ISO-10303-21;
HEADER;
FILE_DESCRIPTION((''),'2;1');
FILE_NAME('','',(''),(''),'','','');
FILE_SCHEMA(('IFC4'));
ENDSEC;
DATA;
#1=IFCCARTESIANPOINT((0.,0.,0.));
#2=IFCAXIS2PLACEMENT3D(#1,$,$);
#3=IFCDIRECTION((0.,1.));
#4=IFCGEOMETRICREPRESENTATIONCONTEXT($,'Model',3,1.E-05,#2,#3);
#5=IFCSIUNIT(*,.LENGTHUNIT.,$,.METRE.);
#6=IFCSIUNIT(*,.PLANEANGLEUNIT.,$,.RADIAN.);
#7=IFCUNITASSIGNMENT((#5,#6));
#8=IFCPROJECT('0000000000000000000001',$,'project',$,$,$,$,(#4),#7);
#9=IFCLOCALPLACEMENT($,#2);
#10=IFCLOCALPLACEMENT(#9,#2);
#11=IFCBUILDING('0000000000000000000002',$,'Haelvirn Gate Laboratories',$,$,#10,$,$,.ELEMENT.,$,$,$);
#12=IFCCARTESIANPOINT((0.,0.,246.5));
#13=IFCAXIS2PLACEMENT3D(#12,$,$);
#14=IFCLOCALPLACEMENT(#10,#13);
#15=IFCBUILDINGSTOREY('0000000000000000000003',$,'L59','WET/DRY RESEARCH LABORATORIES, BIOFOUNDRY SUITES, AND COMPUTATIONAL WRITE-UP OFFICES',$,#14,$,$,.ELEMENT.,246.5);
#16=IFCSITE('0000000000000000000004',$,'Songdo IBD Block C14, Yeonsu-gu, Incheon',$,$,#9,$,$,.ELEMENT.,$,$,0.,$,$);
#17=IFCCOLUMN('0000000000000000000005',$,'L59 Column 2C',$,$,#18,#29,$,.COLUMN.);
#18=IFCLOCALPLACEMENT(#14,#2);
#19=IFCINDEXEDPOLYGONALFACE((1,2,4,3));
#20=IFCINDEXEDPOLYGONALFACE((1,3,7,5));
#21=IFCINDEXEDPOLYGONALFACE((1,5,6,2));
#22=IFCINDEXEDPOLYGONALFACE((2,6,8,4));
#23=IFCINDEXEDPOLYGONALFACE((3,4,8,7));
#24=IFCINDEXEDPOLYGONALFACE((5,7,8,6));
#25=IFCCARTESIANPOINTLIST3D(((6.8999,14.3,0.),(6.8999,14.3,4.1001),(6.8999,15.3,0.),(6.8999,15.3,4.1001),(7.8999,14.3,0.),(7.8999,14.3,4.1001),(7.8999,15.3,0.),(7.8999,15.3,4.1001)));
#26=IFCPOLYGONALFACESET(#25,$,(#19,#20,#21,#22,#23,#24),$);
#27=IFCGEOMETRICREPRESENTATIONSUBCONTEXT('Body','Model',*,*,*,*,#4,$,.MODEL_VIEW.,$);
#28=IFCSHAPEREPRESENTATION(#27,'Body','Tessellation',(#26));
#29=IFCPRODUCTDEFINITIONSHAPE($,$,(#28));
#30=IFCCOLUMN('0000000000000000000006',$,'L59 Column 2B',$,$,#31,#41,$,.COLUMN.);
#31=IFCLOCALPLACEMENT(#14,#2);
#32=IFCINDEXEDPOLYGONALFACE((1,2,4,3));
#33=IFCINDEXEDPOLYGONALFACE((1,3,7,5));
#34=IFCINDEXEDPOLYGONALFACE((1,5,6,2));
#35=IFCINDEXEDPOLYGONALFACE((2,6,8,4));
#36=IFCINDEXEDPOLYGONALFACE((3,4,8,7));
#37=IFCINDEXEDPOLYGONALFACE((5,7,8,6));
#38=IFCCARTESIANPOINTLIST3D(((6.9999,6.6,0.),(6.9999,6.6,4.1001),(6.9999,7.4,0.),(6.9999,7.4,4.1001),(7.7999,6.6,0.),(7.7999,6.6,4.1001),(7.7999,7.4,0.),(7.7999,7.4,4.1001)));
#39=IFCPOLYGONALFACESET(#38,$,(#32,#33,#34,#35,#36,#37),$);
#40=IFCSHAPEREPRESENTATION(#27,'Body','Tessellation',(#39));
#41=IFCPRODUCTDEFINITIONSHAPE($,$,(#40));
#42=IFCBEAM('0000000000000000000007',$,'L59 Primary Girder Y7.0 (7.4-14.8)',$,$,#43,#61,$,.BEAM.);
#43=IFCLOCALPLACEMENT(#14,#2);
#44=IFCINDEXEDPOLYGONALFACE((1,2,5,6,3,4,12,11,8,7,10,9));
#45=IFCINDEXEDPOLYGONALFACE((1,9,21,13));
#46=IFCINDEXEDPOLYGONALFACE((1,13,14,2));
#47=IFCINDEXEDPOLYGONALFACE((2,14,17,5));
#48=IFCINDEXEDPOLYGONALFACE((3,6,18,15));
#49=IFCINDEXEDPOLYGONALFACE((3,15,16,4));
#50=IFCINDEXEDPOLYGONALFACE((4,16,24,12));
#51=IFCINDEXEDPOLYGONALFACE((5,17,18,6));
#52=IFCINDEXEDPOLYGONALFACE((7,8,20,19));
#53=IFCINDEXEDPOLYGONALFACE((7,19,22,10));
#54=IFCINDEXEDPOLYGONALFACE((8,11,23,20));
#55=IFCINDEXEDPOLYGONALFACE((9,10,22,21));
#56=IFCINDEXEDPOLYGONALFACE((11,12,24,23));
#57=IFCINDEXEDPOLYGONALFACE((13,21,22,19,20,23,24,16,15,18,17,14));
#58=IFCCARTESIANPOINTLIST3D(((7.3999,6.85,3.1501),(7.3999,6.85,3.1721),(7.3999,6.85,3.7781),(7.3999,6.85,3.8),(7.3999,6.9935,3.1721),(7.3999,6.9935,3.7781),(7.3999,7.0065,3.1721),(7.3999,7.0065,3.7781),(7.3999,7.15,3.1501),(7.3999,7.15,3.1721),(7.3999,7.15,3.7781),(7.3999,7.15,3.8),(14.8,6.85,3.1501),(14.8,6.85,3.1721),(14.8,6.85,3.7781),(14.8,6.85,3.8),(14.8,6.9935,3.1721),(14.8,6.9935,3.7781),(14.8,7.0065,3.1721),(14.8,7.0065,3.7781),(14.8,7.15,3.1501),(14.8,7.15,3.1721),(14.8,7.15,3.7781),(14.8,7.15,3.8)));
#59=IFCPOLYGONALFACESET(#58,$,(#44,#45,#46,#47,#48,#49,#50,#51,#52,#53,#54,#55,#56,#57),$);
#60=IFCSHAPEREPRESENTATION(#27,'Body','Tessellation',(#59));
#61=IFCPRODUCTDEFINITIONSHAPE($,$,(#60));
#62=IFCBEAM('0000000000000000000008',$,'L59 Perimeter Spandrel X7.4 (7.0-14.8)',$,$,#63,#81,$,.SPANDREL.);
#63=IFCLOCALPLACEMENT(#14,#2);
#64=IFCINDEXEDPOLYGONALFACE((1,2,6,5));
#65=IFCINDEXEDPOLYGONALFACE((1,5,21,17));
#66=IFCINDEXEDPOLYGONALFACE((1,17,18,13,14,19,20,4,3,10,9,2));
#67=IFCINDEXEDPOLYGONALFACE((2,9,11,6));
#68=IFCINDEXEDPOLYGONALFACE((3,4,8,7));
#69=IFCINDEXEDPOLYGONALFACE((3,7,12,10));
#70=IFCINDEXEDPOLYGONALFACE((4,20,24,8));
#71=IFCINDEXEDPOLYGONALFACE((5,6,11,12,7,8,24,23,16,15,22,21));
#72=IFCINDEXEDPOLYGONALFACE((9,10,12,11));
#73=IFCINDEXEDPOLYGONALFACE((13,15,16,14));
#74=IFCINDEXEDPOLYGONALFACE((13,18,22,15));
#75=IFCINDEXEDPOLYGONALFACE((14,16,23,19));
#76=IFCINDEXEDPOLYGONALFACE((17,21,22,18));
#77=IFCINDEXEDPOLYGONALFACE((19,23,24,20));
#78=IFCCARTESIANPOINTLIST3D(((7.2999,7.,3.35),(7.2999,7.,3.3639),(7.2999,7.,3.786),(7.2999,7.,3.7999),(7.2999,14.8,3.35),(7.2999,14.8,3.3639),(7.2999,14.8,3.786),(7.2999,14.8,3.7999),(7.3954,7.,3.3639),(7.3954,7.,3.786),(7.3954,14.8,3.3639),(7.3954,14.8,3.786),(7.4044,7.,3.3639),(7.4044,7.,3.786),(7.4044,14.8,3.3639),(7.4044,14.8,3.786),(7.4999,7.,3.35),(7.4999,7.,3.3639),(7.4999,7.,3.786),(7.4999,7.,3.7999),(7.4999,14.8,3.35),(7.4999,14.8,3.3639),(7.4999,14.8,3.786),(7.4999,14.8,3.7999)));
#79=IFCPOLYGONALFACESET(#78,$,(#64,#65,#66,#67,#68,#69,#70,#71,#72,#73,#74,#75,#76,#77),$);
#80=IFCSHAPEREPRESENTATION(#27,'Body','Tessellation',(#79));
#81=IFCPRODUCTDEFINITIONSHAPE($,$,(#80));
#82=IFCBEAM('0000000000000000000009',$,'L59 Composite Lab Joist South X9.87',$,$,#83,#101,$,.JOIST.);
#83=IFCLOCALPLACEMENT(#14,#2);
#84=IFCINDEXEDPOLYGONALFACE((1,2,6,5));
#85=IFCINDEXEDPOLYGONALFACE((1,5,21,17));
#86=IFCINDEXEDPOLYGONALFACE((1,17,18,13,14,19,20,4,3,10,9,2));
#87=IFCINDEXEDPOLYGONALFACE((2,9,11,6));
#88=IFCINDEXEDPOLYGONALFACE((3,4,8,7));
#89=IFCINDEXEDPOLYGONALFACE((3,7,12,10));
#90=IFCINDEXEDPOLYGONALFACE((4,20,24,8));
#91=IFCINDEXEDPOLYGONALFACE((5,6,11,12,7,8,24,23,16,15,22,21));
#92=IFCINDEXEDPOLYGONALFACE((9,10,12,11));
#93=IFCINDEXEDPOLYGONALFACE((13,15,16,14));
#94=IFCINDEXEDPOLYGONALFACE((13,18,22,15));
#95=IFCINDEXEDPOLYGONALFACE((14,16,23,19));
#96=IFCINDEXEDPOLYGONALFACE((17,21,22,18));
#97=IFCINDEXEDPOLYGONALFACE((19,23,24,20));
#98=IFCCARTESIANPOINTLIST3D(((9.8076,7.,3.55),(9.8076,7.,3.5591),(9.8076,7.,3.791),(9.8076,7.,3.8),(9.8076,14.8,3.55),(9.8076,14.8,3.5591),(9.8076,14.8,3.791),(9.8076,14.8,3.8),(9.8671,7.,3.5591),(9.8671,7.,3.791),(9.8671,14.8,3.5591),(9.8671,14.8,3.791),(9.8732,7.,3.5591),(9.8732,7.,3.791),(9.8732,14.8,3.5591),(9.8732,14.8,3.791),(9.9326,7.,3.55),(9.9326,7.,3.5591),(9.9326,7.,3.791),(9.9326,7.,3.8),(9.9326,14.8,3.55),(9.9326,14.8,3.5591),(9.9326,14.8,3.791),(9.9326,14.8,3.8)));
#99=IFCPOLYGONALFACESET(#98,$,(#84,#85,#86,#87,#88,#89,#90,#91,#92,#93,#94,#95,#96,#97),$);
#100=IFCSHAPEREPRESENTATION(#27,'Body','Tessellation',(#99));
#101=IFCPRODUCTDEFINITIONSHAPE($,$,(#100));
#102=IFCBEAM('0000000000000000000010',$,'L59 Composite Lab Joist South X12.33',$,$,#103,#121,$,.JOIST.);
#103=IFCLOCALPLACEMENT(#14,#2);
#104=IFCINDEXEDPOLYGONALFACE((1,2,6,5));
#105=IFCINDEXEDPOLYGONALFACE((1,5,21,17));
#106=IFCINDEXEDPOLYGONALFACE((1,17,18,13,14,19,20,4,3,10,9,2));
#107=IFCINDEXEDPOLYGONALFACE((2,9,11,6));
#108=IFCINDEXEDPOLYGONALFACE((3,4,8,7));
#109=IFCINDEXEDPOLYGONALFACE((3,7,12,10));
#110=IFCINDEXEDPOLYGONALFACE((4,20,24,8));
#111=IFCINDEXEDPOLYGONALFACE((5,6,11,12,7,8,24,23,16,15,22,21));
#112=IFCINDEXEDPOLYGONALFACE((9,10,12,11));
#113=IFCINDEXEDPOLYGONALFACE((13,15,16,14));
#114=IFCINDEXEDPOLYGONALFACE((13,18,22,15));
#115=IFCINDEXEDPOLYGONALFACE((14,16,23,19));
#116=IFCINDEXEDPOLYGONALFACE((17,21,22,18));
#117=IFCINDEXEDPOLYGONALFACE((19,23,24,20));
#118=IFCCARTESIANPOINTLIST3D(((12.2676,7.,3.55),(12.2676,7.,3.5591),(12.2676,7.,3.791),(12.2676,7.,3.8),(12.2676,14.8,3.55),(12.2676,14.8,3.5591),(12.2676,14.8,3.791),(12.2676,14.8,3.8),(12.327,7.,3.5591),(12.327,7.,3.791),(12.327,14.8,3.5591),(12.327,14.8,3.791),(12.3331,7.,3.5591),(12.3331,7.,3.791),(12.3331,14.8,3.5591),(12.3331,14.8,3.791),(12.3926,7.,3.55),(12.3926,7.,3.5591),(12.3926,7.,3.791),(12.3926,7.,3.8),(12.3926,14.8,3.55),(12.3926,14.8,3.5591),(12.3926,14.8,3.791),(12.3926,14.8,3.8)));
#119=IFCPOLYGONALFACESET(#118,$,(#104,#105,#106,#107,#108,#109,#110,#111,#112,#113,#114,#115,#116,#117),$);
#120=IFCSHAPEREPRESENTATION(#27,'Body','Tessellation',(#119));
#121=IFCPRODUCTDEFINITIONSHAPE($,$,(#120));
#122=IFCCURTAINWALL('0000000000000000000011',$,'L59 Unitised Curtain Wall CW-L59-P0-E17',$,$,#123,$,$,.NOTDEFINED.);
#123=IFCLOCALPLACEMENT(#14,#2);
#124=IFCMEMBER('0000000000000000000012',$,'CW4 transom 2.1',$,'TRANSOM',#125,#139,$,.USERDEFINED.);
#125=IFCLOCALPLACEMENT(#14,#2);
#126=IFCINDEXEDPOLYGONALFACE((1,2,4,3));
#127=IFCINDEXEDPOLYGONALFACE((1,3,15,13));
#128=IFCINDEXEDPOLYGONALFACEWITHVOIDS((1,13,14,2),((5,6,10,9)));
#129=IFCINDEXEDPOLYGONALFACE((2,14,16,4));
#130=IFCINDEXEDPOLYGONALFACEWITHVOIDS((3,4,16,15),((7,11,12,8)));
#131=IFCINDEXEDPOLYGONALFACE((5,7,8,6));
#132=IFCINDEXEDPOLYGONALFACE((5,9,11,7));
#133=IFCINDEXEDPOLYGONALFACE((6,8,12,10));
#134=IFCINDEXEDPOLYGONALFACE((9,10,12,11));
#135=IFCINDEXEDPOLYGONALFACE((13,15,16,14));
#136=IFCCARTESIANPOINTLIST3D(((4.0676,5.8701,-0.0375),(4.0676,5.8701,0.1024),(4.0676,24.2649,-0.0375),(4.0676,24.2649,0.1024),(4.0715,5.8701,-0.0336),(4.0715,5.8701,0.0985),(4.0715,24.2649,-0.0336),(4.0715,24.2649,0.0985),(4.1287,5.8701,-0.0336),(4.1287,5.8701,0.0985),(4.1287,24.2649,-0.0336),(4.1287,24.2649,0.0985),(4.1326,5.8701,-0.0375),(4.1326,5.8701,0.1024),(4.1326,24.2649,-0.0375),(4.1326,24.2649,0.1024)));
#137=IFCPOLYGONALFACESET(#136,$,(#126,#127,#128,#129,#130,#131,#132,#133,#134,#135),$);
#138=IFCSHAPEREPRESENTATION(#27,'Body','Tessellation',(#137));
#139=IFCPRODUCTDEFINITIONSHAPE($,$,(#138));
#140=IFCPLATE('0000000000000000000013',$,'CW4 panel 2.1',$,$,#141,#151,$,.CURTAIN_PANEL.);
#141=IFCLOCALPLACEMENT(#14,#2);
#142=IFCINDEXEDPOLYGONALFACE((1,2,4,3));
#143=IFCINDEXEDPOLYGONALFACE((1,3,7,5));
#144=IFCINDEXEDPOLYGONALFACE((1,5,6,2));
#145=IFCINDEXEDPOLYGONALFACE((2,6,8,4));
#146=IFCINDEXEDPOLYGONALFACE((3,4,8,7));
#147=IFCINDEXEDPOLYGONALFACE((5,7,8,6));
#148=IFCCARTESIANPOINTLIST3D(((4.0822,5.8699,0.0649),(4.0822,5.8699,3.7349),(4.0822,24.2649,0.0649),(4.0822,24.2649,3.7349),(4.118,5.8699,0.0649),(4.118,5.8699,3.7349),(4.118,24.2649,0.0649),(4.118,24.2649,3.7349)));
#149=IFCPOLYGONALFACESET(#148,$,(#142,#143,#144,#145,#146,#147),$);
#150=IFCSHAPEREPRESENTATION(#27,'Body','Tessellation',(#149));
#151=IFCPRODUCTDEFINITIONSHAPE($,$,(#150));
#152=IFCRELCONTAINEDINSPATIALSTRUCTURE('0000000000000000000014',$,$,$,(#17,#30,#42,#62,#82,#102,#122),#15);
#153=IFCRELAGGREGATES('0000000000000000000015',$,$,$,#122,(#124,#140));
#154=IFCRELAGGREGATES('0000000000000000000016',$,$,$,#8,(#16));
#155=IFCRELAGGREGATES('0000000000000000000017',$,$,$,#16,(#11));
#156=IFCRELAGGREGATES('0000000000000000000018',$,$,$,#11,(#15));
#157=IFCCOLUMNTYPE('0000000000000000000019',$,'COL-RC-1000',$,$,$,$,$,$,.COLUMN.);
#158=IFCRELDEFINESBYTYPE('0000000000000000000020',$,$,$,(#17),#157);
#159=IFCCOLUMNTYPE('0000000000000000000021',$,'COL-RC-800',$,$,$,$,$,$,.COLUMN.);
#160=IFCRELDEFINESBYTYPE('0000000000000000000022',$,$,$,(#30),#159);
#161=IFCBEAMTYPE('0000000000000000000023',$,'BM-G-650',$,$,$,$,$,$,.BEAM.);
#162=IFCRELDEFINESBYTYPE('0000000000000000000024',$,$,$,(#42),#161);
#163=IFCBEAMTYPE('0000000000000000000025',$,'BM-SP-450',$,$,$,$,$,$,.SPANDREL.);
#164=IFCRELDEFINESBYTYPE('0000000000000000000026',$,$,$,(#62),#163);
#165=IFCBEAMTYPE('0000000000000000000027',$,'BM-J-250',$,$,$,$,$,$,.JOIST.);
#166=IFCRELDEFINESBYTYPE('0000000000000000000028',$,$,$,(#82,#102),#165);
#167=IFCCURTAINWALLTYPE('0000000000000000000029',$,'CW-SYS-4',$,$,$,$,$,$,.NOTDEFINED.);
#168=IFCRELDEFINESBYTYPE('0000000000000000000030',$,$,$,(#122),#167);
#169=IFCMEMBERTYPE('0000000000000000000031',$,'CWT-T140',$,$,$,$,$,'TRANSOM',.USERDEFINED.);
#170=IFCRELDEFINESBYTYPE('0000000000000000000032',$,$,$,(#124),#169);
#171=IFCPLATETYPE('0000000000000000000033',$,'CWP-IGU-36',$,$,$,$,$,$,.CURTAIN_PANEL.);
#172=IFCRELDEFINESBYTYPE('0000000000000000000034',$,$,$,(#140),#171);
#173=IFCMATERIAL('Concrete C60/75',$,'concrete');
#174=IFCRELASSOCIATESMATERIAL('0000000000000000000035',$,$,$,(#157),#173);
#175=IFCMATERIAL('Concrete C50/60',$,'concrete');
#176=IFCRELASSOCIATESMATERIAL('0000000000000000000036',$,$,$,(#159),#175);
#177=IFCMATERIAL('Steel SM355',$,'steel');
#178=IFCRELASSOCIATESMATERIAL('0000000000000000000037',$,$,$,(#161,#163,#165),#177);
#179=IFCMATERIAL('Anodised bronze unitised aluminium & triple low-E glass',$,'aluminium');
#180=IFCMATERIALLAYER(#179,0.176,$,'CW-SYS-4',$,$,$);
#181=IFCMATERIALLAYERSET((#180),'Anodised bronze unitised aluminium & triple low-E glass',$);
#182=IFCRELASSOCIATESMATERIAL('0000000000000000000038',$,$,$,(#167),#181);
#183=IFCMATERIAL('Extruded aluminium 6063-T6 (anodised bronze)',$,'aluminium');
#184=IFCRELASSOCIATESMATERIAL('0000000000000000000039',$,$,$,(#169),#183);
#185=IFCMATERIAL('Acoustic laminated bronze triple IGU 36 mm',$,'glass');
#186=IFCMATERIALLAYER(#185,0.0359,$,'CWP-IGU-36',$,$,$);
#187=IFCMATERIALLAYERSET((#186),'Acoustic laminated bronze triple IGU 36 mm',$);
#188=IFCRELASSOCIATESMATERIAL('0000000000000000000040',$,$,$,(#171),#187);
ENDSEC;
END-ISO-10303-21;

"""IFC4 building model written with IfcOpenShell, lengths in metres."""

from ifc_helpers import new_model, si_unit, direction, frame, origin, origin_2d, place, context, subcontext, project, spatial, rectangle, hollow_rectangle, i_section, extrude, source, transform, mapped, material, layer, layer_set, material_profile, profile_set, type_object, type_shapes, element, aggregate, save


model = new_model("IFC4")

# Units and contexts
model_context = context("Model", 3, precision=1e-05, world=origin(), true_north=direction((0.0, 1.0)))
body_context = subcontext(model_context, "Body", "Model", "MODEL_VIEW")
ifc_project = project(units=[si_unit("LENGTHUNIT", "METRE"), si_unit("PLANEANGLEUNIT", "RADIAN")], contexts=[model_context])

# Site, building, storey
site_placement = place(None, origin())
site = spatial("IfcSite", under=ifc_project, at=site_placement, Name="Songdo IBD Block C14, Yeonsu-gu, Incheon", CompositionType="ELEMENT", RefElevation=0.0)
building_placement = place(site_placement, origin())
building = spatial("IfcBuilding", under=site, at=building_placement, Name="Haelvirn Gate Laboratories", CompositionType="ELEMENT")
storey_placement = place(building_placement, frame((0.0, 0.0, 246.5)))
storey = spatial("IfcBuildingStorey", under=building, at=storey_placement, Name="L59", Description="WET/DRY RESEARCH LABORATORIES, BIOFOUNDRY SUITES, AND COMPUTATIONAL WRITE-UP OFFICES", CompositionType="ELEMENT", Elevation=246.5)

# Columns
ifc_material_1 = material(Name="Concrete C60/75", Category="concrete")
ifc_material_profile_1 = material_profile(ifc_material_1, rectangle(XDim=1.0, YDim=1.0, at=origin_2d()), Name="RC-1000x1000")
ifc_profile_set_1 = profile_set([ifc_material_profile_1], Name="Concrete C60/75")
column_type_1 = type_object("IfcColumnType", Name="COL-RC-1000", PredefinedType="COLUMN", material=ifc_profile_set_1)
shared_shape_1 = source(origin(), body_context, "Body", "SweptSolid", [
    extrude(rectangle(XDim=1.0, YDim=1.0, at=origin_2d()), origin(), (0.0, 0.0, 1.0), 4.1001),
])
type_shapes(column_type_1, [shared_shape_1])
column_1_placement = place(storey_placement, frame((7.3999, 14.8, 0.0), z_axis=(0.0, 0.0, 1.0), x_axis=(1.0, 0.0, 0.0)))
element("IfcColumn", 1, at=column_1_placement, inside=storey, type_object=column_type_1, Name="L59 Column 2C", PredefinedType="COLUMN", context=body_context, shape_type="MappedRepresentation", body=[
    mapped(shared_shape_1, transform((0.0, 0.0, 0.0), scale=1.0)),
])
ifc_material_2 = material(Name="Concrete C50/60", Category="concrete")
ifc_material_profile_2 = material_profile(ifc_material_2, rectangle(XDim=0.8, YDim=0.8, at=origin_2d()), Name="RC-800x800")
ifc_profile_set_2 = profile_set([ifc_material_profile_2], Name="Concrete C50/60")
column_type_2 = type_object("IfcColumnType", Name="COL-RC-800", PredefinedType="COLUMN", material=ifc_profile_set_2)
shared_shape_2 = source(origin(), body_context, "Body", "SweptSolid", [
    extrude(rectangle(XDim=0.8, YDim=0.8, at=origin_2d()), origin(), (0.0, 0.0, 1.0), 4.1001),
])
type_shapes(column_type_2, [shared_shape_2])
column_2_placement = place(storey_placement, frame((7.3999, 7.0, 0.0), z_axis=(0.0, 0.0, 1.0), x_axis=(1.0, 0.0, 0.0)))
element("IfcColumn", 2, at=column_2_placement, inside=storey, type_object=column_type_2, Name="L59 Column 2B", PredefinedType="COLUMN", context=body_context, shape_type="MappedRepresentation", body=[
    mapped(shared_shape_2, transform((0.0, 0.0, 0.0), scale=1.0)),
])

# Beams
ifc_material_3 = material(Name="Steel SM355", Category="steel")
ifc_material_profile_3 = material_profile(ifc_material_3, i_section(OverallWidth=0.3, OverallDepth=0.6499, WebThickness=0.0129, FlangeThickness=0.022, at=origin_2d()), Name="H-650x300x13x22")
ifc_profile_set_3 = profile_set([ifc_material_profile_3], Name="Steel SM355")
beam_type_1 = type_object("IfcBeamType", Name="BM-G-650", PredefinedType="BEAM", material=ifc_profile_set_3)
shared_shape_3 = source(origin(), body_context, "Body", "SweptSolid", [
    extrude(i_section(OverallWidth=0.3, OverallDepth=0.6499, WebThickness=0.0129, FlangeThickness=0.022, at=origin_2d()), origin(), (0.0, 0.0, 1.0), 7.4001),
])
type_shapes(beam_type_1, [shared_shape_3])
beam_1_placement = place(storey_placement, frame((7.3999, 7.0, 3.4751), z_axis=(1.0, 0.0, 0.0), x_axis=(0.0, 1.0, 0.0)))
element("IfcBeam", 3, at=beam_1_placement, inside=storey, type_object=beam_type_1, Name="L59 Primary Girder Y7.0 (7.4-14.8)", PredefinedType="BEAM", context=body_context, shape_type="MappedRepresentation", body=[
    mapped(shared_shape_3, transform((0.0, 0.0, 0.0), scale=1.0)),
])
ifc_material_profile_4 = material_profile(ifc_material_3, i_section(OverallWidth=0.2, OverallDepth=0.45, WebThickness=0.009, FlangeThickness=0.0139, at=origin_2d()), Name="H-450x200x9x14")
ifc_profile_set_4 = profile_set([ifc_material_profile_4], Name="Steel SM355")
beam_type_2 = type_object("IfcBeamType", Name="BM-SP-450", PredefinedType="SPANDREL", material=ifc_profile_set_4)
shared_shape_4 = source(origin(), body_context, "Body", "SweptSolid", [
    extrude(i_section(OverallWidth=0.2, OverallDepth=0.45, WebThickness=0.009, FlangeThickness=0.0139, at=origin_2d()), origin(), (0.0, 0.0, 1.0), 7.8),
])
type_shapes(beam_type_2, [shared_shape_4])
beam_2_placement = place(storey_placement, frame((7.3999, 7.0, 3.575), z_axis=(0.0, 1.0, 0.0), x_axis=(-1.0, 0.0, 0.0)))
element("IfcBeam", 4, at=beam_2_placement, inside=storey, type_object=beam_type_2, Name="L59 Perimeter Spandrel X7.4 (7.0-14.8)", PredefinedType="SPANDREL", context=body_context, shape_type="MappedRepresentation", body=[
    mapped(shared_shape_4, transform((0.0, 0.0, 0.0), scale=1.0)),
])
ifc_material_profile_5 = material_profile(ifc_material_3, i_section(OverallWidth=0.125, OverallDepth=0.25, WebThickness=0.0061, FlangeThickness=0.009, at=origin_2d()), Name="H-250x125x6x9")
ifc_profile_set_5 = profile_set([ifc_material_profile_5], Name="Steel SM355")
beam_type_3 = type_object("IfcBeamType", Name="BM-J-250", PredefinedType="JOIST", material=ifc_profile_set_5)
shared_shape_5 = source(origin(), body_context, "Body", "SweptSolid", [
    extrude(i_section(OverallWidth=0.125, OverallDepth=0.25, WebThickness=0.0061, FlangeThickness=0.009, at=origin_2d()), origin(), (0.0, 0.0, 1.0), 7.8),
])
type_shapes(beam_type_3, [shared_shape_5])
for number, where, z_axis, x_axis, name in (
    (5, (9.8701, 7.0, 3.675), (0.0, 1.0, 0.0), (-1.0, 0.0, 0.0), "L59 Composite Lab Joist South X9.87"),
    (6, (12.3301, 7.0, 3.675), (0.0, 1.0, 0.0), (-1.0, 0.0, 0.0), "L59 Composite Lab Joist South X12.33"),
):
    element("IfcBeam", number, at=place(storey_placement, frame(where, z_axis=z_axis, x_axis=x_axis)), inside=storey, type_object=beam_type_3, Name=name, PredefinedType="JOIST", context=body_context, shape_type="MappedRepresentation", body=[
        mapped(shared_shape_5, transform((0.0, 0.0, 0.0), scale=1.0)),
    ])

# Curtain wall, member, plate
ifc_material_4 = material(Name="Anodised bronze unitised aluminium & triple low-E glass", Category="aluminium")
ifc_layer_1 = layer(ifc_material_4, 0.176, Name="CW-SYS-4")
ifc_layer_set_1 = layer_set([ifc_layer_1], Name="Anodised bronze unitised aluminium & triple low-E glass")
curtain_wall_type = type_object("IfcCurtainWallType", Name="CW-SYS-4", PredefinedType="NOTDEFINED", material=ifc_layer_set_1)
curtain_wall_placement = place(storey_placement, origin())
curtain_wall = element("IfcCurtainWall", 7, at=curtain_wall_placement, inside=storey, type_object=curtain_wall_type, Name="L59 Unitised Curtain Wall CW-L59-P0-E17", PredefinedType="NOTDEFINED")
ifc_material_5 = material(Name="Extruded aluminium 6063-T6 (anodised bronze)", Category="aluminium")
ifc_material_profile_6 = material_profile(ifc_material_5, hollow_rectangle(XDim=0.0649, YDim=0.1399, WallThickness=0.0039, at=origin_2d()), Name="CWT-140x65x4")
ifc_profile_set_6 = profile_set([ifc_material_profile_6], Name="Extruded aluminium 6063-T6 (anodised bronze)")
member_type = type_object("IfcMemberType", Name="CWT-T140", ElementType="TRANSOM", PredefinedType="USERDEFINED", material=ifc_profile_set_6)
shared_shape_6 = source(origin(), body_context, "Body", "SweptSolid", [
    extrude(hollow_rectangle(XDim=0.0649, YDim=0.1399, WallThickness=0.0039, at=origin_2d()), origin(), (0.0, 0.0, 1.0), 18.3948),
])
type_shapes(member_type, [shared_shape_6])
member_placement = place(storey_placement, frame((4.1001, 24.2649, 0.0325), z_axis=(0.0, -1.0, 0.0), x_axis=(1.0, 0.0, 0.0)))
member = element("IfcMember", 8, at=member_placement, type_object=member_type, Name="CW4 transom 2.1", ObjectType="TRANSOM", PredefinedType="USERDEFINED", context=body_context, shape_type="MappedRepresentation", body=[
    mapped(shared_shape_6, transform((0.0, 0.0, 0.0), scale=1.0)),
])
ifc_material_6 = material(Name="Acoustic laminated bronze triple IGU 36 mm", Category="glass")
ifc_layer_2 = layer(ifc_material_6, 0.0359, Name="CWP-IGU-36")
ifc_layer_set_2 = layer_set([ifc_layer_2], Name="Acoustic laminated bronze triple IGU 36 mm")
plate_type = type_object("IfcPlateType", Name="CWP-IGU-36", PredefinedType="CURTAIN_PANEL", material=ifc_layer_set_2)
shared_shape_7 = source(origin(), body_context, "Body", "SweptSolid", [
    extrude(rectangle(XDim=18.395, YDim=0.0359, at=origin_2d()), origin(), (0.0, 0.0, 1.0), 3.6699),
])
type_shapes(plate_type, [shared_shape_7])
plate_placement = place(storey_placement, frame((4.1001, 15.0674, 0.0649), z_axis=(0.0, 0.0, 1.0), x_axis=(0.0, -1.0, 0.0)))
plate = element("IfcPlate", 9, at=plate_placement, type_object=plate_type, Name="CW4 panel 2.1", PredefinedType="CURTAIN_PANEL", context=body_context, shape_type="MappedRepresentation", body=[
    mapped(shared_shape_7, transform((0.0, 0.0, 0.0), scale=1.0)),
])
aggregate(curtain_wall, [member, plate])

save(model, "model.ifc")
